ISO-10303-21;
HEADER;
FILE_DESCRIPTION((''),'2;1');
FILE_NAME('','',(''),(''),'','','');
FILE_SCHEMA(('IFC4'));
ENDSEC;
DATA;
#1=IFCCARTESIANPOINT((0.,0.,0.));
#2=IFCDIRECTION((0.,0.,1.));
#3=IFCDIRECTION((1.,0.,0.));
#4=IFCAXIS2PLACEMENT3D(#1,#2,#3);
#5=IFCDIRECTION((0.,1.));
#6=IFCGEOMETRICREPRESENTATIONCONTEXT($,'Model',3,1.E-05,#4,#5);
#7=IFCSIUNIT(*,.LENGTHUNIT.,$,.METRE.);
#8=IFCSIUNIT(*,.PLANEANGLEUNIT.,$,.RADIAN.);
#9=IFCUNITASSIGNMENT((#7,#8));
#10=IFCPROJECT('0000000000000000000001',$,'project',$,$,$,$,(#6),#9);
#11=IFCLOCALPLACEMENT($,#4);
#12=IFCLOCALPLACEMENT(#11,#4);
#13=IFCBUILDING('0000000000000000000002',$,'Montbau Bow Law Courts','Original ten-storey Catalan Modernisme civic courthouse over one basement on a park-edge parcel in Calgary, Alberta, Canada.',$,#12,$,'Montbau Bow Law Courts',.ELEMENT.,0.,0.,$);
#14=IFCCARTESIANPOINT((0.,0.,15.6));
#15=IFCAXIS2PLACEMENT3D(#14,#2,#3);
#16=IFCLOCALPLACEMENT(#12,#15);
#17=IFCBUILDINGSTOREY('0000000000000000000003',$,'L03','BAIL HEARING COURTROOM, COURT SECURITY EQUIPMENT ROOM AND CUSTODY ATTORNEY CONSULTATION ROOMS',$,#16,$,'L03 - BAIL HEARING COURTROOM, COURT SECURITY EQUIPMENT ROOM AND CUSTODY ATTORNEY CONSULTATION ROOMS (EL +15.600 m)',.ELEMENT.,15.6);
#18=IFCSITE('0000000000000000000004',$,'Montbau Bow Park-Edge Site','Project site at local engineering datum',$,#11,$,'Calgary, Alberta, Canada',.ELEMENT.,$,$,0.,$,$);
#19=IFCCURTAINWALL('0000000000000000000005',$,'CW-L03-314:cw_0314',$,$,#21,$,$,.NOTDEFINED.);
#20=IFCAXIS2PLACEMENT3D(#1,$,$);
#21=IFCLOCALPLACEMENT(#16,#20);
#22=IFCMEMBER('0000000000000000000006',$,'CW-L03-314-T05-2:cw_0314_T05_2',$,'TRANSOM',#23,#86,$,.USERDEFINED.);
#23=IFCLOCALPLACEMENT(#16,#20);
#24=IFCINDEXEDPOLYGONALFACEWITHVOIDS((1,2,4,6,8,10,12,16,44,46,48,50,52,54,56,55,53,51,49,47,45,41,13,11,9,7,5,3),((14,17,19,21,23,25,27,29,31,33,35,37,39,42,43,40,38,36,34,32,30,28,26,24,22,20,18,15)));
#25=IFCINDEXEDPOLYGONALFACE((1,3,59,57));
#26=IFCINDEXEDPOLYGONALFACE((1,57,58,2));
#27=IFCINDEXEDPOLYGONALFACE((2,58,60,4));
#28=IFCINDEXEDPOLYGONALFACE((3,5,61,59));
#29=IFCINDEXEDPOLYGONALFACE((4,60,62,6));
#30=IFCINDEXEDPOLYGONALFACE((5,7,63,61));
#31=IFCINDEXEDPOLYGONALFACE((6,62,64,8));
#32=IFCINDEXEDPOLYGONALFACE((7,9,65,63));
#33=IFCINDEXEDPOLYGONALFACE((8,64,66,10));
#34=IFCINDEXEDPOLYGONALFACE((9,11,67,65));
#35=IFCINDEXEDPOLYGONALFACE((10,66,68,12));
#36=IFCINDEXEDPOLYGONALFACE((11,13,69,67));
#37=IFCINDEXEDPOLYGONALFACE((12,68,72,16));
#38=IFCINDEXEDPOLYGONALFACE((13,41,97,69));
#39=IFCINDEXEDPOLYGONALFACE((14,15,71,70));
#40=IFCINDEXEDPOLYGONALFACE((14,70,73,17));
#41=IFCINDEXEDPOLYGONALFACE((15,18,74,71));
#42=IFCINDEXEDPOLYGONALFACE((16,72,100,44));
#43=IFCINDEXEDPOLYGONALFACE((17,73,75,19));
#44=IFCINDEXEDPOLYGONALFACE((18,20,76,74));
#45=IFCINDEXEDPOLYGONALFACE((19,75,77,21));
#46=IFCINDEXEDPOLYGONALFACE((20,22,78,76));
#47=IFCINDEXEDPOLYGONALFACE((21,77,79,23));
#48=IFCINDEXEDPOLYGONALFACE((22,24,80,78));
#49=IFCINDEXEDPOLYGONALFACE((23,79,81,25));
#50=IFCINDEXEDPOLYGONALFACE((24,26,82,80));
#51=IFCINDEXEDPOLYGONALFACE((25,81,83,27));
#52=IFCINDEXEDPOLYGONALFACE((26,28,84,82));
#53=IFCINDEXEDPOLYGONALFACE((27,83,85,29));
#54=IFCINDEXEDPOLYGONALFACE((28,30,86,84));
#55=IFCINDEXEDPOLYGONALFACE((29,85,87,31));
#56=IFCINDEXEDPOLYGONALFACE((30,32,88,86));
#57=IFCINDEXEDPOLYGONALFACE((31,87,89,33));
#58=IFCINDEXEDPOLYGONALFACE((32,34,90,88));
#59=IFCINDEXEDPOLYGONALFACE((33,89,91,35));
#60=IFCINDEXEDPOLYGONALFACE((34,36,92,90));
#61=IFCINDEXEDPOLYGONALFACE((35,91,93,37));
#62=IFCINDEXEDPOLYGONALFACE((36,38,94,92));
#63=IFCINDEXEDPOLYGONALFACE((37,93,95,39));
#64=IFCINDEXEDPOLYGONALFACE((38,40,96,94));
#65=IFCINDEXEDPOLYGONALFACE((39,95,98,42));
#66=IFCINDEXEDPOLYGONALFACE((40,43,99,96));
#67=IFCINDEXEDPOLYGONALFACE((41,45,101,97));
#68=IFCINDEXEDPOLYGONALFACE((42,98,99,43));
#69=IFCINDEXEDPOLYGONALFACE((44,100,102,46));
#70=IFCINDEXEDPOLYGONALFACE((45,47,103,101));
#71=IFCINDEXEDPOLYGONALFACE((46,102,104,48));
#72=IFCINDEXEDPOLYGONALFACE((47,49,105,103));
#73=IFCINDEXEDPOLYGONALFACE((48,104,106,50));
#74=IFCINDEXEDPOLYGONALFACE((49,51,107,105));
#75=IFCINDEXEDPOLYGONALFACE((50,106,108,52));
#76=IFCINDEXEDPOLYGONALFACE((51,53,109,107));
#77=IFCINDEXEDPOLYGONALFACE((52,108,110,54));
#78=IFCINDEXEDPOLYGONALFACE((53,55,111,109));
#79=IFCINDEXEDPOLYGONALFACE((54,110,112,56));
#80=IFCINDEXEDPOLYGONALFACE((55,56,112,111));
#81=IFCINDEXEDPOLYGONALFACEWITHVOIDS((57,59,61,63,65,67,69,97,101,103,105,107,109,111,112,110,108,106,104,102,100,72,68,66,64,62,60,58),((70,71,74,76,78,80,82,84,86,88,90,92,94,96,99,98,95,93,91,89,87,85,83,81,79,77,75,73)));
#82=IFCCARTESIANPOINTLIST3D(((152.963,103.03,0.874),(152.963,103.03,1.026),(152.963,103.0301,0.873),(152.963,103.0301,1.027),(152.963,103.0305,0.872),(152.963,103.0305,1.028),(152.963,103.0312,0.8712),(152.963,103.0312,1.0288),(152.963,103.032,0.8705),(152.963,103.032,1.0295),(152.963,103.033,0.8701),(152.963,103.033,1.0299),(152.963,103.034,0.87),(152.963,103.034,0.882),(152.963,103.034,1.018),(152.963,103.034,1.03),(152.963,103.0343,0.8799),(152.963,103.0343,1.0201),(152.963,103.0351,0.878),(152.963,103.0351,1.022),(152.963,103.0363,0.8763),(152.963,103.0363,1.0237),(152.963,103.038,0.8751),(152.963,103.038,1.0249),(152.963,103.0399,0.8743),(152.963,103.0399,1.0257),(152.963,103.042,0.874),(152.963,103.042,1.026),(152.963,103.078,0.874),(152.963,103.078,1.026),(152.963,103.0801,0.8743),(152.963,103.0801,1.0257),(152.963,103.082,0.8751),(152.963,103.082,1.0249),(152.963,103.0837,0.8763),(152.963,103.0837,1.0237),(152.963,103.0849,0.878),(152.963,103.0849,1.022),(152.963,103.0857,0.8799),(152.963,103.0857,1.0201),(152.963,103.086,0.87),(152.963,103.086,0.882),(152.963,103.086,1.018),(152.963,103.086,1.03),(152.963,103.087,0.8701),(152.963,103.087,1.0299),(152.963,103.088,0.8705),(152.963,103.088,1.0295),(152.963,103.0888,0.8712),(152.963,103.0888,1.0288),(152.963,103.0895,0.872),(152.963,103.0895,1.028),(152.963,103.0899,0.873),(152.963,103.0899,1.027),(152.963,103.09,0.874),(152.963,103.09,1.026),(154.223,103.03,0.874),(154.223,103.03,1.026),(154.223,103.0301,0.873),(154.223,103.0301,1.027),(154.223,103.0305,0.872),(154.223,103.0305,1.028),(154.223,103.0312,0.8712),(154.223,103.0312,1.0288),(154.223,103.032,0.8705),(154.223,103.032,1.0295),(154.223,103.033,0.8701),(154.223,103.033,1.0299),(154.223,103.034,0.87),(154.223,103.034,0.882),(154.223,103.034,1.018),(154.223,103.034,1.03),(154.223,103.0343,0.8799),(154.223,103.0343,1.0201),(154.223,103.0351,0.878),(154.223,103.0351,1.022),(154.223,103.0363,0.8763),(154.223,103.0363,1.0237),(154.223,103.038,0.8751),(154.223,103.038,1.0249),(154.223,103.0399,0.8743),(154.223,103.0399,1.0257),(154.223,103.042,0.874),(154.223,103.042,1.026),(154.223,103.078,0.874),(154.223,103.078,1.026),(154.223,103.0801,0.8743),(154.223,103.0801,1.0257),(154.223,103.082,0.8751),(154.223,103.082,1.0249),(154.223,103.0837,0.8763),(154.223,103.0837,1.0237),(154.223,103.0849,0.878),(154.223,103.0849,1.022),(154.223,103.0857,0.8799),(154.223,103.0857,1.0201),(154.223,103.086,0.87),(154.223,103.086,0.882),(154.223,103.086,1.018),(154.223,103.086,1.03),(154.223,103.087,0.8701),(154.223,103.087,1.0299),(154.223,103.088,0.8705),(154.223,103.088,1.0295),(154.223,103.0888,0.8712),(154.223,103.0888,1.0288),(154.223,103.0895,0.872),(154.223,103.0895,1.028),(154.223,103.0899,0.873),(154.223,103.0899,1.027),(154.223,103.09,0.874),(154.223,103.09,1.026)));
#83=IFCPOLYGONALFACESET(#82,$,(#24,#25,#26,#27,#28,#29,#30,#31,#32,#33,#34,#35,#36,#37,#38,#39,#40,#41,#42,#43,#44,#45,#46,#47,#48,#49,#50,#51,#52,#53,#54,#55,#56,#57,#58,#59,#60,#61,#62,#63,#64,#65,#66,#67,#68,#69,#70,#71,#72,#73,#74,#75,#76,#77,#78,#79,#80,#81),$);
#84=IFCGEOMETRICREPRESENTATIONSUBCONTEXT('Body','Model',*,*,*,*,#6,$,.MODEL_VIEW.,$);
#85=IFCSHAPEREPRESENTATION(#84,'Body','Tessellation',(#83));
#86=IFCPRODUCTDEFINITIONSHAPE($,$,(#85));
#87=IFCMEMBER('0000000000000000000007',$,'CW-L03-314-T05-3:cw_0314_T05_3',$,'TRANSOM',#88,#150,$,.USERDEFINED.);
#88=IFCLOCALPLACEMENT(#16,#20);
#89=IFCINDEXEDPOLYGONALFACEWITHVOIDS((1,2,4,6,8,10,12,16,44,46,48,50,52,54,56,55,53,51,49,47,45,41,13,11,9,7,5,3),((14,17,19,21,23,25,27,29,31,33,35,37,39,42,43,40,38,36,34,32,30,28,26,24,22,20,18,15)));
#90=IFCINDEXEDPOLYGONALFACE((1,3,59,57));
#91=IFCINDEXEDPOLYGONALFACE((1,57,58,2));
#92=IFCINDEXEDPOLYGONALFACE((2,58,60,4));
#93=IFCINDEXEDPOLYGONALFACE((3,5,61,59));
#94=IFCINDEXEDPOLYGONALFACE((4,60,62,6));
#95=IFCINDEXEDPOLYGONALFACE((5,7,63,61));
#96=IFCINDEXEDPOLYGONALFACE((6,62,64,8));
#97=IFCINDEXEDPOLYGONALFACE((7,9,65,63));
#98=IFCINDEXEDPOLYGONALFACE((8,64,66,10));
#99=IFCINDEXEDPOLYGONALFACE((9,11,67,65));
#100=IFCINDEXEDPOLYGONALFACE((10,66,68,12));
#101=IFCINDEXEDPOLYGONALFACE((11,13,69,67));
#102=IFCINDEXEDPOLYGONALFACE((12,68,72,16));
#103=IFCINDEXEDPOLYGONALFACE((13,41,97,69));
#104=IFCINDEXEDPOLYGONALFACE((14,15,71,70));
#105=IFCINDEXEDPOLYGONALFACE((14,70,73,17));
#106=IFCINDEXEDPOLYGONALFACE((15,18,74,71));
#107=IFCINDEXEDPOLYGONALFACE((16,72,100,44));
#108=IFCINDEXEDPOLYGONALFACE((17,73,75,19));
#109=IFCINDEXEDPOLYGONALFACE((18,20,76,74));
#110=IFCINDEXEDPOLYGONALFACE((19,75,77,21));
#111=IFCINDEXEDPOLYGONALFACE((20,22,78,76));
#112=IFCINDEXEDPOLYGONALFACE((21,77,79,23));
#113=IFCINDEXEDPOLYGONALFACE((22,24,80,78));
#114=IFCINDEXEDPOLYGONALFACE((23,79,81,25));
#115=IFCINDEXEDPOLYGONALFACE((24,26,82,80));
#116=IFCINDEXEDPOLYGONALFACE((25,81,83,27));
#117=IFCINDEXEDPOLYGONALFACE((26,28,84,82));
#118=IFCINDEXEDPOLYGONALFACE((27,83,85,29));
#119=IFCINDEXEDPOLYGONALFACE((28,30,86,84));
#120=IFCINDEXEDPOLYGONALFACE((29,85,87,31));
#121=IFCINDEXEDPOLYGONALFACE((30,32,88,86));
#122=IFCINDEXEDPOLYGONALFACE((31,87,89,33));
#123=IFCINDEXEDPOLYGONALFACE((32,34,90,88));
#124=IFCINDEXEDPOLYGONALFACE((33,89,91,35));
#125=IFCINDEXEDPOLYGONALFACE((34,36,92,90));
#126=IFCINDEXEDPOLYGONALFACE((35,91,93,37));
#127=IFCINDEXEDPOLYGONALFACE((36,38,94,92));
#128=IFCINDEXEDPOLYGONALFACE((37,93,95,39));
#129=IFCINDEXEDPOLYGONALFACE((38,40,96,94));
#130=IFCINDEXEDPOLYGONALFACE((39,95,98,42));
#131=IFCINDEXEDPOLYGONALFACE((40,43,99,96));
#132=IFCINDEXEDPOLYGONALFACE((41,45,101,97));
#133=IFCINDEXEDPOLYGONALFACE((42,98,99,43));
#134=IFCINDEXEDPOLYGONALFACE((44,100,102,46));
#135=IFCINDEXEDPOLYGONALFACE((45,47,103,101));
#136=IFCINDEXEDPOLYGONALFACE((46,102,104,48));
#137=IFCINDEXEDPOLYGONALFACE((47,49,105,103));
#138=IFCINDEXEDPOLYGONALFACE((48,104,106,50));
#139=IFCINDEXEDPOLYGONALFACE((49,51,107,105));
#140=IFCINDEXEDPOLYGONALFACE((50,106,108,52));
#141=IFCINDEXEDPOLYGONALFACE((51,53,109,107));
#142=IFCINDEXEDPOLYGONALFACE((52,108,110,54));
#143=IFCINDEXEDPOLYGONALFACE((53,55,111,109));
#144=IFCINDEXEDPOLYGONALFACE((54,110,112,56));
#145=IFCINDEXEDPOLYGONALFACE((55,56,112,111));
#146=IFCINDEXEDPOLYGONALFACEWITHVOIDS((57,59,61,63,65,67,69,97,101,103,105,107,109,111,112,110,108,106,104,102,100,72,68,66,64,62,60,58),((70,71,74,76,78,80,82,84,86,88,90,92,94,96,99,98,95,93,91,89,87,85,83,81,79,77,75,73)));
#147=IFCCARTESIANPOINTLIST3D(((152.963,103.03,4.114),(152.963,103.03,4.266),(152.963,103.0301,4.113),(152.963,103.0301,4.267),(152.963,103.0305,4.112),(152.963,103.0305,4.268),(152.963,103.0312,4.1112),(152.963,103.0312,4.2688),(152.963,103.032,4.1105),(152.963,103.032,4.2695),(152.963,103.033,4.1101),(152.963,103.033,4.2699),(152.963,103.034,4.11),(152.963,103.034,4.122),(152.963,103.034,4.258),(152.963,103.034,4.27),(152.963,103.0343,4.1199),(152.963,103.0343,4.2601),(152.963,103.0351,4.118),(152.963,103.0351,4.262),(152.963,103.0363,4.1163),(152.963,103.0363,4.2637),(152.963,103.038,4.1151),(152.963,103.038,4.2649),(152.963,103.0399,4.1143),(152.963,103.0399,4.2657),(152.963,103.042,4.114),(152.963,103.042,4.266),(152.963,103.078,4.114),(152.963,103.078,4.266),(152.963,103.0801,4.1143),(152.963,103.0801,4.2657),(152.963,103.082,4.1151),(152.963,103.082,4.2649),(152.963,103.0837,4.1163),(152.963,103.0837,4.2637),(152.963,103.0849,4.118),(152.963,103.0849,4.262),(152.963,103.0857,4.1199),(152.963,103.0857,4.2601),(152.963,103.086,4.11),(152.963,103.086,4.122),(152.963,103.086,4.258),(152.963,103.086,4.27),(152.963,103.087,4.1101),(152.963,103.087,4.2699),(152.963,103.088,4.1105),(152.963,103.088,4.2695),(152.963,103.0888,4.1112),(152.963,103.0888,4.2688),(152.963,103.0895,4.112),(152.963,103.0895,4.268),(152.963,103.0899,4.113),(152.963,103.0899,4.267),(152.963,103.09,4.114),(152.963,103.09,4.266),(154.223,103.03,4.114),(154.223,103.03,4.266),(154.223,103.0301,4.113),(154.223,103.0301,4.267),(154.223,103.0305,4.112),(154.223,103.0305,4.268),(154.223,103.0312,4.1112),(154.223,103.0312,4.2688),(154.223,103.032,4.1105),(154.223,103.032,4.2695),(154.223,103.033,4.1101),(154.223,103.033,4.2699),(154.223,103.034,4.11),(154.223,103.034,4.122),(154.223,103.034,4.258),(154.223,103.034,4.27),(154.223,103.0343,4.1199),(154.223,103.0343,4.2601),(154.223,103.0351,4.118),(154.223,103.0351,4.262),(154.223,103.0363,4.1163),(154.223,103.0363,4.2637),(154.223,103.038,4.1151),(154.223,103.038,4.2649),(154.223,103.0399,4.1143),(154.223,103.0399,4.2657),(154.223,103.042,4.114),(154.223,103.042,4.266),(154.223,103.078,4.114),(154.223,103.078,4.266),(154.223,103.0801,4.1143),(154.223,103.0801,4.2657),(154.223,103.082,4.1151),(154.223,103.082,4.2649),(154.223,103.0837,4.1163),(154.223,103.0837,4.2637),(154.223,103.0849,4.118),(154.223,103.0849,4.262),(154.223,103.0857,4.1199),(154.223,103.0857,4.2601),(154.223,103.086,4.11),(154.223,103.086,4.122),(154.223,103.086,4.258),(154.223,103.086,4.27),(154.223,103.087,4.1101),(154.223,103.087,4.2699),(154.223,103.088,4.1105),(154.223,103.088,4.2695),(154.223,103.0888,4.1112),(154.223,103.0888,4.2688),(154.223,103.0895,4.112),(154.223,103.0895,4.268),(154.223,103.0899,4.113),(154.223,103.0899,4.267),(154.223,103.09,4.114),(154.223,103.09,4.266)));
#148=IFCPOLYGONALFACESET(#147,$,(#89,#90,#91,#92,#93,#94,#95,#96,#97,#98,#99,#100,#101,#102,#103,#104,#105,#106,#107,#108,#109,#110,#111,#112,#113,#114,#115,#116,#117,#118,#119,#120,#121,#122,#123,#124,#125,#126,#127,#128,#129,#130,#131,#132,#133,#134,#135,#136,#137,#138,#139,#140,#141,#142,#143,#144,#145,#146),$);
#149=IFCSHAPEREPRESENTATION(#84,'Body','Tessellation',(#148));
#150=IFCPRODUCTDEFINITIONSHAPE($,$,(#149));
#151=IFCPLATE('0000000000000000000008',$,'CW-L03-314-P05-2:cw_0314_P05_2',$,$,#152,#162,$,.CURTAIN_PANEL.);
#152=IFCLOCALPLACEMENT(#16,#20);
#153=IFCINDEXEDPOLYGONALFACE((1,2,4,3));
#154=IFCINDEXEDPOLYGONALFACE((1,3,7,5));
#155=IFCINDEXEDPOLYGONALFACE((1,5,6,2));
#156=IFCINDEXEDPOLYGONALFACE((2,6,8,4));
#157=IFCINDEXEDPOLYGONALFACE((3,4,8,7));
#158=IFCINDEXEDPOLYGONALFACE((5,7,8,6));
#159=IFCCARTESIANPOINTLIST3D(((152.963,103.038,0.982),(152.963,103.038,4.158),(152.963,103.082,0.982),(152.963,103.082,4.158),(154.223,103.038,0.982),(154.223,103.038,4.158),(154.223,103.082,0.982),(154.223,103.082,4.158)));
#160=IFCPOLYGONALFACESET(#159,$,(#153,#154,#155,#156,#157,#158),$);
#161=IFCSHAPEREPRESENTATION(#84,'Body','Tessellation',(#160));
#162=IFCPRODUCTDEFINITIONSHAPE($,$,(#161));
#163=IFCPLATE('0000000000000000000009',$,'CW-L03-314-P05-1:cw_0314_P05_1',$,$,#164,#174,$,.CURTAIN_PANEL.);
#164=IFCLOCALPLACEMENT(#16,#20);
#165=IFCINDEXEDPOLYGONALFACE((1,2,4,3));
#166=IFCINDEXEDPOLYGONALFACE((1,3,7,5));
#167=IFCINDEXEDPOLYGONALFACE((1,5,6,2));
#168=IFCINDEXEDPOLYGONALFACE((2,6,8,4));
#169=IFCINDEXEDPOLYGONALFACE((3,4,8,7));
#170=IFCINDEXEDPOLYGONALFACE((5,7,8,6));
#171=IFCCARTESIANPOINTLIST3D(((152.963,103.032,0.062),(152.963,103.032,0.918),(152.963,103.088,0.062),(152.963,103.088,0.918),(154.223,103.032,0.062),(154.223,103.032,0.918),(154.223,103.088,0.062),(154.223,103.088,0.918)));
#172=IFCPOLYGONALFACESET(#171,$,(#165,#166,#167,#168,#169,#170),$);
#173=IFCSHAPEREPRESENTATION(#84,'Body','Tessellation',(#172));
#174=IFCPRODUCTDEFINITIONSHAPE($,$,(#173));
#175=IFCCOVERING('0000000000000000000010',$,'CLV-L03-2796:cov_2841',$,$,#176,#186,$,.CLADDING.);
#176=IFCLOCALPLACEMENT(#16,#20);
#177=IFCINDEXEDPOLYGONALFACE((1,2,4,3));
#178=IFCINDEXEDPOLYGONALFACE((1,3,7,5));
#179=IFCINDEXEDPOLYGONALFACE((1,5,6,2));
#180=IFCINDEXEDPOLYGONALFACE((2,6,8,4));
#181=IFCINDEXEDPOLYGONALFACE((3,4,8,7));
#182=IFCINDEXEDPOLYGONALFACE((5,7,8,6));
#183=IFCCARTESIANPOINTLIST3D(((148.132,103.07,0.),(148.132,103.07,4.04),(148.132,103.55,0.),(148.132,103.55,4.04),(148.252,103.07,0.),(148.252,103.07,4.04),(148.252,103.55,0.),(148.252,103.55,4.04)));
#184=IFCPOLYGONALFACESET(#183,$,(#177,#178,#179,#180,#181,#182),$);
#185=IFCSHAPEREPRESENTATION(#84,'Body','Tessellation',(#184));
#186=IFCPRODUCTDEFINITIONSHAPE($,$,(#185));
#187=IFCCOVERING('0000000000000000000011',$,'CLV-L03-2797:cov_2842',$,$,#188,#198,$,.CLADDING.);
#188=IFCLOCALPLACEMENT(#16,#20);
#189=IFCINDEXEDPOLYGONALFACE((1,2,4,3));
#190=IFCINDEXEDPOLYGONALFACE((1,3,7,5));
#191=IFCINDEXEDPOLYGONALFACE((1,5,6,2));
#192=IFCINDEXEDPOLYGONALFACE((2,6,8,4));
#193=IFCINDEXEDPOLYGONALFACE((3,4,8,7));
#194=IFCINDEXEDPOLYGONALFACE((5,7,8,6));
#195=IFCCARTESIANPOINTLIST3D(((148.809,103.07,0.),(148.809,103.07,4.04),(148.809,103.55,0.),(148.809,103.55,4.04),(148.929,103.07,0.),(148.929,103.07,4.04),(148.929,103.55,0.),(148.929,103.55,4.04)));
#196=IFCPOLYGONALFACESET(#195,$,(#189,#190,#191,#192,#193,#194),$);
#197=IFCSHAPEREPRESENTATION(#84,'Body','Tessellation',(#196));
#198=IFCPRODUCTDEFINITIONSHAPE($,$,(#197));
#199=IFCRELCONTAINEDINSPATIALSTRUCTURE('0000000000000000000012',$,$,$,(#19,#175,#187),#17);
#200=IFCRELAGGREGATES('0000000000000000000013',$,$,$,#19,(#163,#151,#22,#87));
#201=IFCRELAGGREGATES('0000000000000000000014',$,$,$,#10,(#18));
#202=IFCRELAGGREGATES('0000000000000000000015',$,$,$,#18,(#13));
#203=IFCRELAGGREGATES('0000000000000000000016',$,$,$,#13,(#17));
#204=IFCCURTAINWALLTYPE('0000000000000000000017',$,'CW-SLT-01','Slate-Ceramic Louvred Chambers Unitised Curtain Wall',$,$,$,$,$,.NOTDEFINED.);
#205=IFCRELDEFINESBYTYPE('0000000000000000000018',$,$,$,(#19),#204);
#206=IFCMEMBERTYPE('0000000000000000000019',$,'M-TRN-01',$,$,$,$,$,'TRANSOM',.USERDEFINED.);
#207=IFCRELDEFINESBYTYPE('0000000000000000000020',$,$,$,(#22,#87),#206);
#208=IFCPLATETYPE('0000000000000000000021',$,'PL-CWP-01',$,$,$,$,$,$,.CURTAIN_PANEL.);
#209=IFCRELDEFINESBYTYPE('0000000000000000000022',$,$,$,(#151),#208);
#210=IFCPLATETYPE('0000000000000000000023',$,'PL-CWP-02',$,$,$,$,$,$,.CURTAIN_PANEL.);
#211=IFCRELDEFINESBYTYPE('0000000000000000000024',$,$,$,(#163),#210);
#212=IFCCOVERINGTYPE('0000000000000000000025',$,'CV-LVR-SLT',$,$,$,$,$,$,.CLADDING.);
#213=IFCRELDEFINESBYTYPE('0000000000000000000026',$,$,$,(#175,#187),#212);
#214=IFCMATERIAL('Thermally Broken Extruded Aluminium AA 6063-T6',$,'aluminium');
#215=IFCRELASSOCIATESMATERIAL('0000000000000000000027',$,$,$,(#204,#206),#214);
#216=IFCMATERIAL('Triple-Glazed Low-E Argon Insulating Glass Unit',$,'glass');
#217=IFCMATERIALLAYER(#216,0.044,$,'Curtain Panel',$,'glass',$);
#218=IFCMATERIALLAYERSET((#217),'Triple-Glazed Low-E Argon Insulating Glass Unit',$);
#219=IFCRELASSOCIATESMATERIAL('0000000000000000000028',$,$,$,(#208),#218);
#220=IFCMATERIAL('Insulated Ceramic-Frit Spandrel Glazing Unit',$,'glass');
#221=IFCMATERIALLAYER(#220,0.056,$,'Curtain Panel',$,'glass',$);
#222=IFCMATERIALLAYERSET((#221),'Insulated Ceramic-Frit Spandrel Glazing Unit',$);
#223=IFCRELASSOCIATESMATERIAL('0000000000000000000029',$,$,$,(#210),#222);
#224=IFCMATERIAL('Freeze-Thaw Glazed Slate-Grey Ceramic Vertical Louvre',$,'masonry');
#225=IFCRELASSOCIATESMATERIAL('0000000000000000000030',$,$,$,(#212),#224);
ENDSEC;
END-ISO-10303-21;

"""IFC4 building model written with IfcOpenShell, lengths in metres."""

from ifc_helpers import new_model, si_unit, direction, frame, frame_2d, origin_with_axes, origin_2d_with_axis, place, context, subcontext, project, spatial, rectangle, hollow_rectangle, extrude, material, layer, layer_set, material_profile, profile_set, type_object, element, aggregate, save


model = new_model("IFC4")

# Units and contexts
model_context = context("Model", 3, precision=1e-05, world=origin_with_axes(), true_north=direction((0.0, 1.0)))
body_context = subcontext(model_context, "Body", "Model", "MODEL_VIEW")
ifc_project = project(units=[si_unit("LENGTHUNIT", "METRE"), si_unit("PLANEANGLEUNIT", "RADIAN")], contexts=[model_context])

# Site, building, storey
site_placement = place(None, origin_with_axes())
site = spatial("IfcSite", under=ifc_project, at=site_placement, Name="Montbau Bow Park-Edge Site", Description="Project site at local engineering datum", LongName="Calgary, Alberta, Canada", CompositionType="ELEMENT", RefElevation=0.0)
building_placement = place(site_placement, origin_with_axes())
building = spatial("IfcBuilding", under=site, at=building_placement, Name="Montbau Bow Law Courts", Description="Original ten-storey Catalan Modernisme civic courthouse over one basement on a park-edge parcel in Calgary, Alberta, Canada.", LongName="Montbau Bow Law Courts", CompositionType="ELEMENT", ElevationOfRefHeight=0.0, ElevationOfTerrain=0.0)
storey_placement = place(building_placement, frame((0.0, 0.0, 15.6), z_axis=(0.0, 0.0, 1.0), x_axis=(1.0, 0.0, 0.0)))
storey = spatial("IfcBuildingStorey", under=building, at=storey_placement, Name="L03", Description="BAIL HEARING COURTROOM, COURT SECURITY EQUIPMENT ROOM AND CUSTODY ATTORNEY CONSULTATION ROOMS", LongName="L03 - BAIL HEARING COURTROOM, COURT SECURITY EQUIPMENT ROOM AND CUSTODY ATTORNEY CONSULTATION ROOMS (EL +15.600 m)", CompositionType="ELEMENT", Elevation=15.6)

# Curtain wall, members, plates
ifc_material_1 = material(Name="Thermally Broken Extruded Aluminium AA 6063-T6", Category="aluminium")
curtain_wall_type = type_object("IfcCurtainWallType", Name="CW-SLT-01", Description="Slate-Ceramic Louvred Chambers Unitised Curtain Wall", PredefinedType="NOTDEFINED", material=ifc_material_1)
curtain_wall_placement = place(None, frame((147.515, 103.06, 15.6), z_axis=(0.0, 0.0, 1.0), x_axis=(1.0, 0.0, 0.0)))
curtain_wall = element("IfcCurtainWall", 1, at=curtain_wall_placement, inside=storey, type_object=curtain_wall_type, Name="CW-L03-314:cw_0314", PredefinedType="NOTDEFINED")
ifc_material_profile_1 = material_profile(ifc_material_1, hollow_rectangle(XDim=0.06, YDim=0.16, WallThickness=0.004, InnerFilletRadius=0.008, OuterFilletRadius=0.004, at=origin_2d_with_axis()), Name="CWT-160X60", Category="Main", Priority=0)
ifc_profile_set_1 = profile_set([ifc_material_profile_1], Name="Thermally Broken Extruded Aluminium AA 6063-T6")
member_type_1 = type_object("IfcMemberType", Name="M-TRN-01", ElementType="TRANSOM", PredefinedType="USERDEFINED", material=ifc_profile_set_1)
member_1_placement = place(None, frame((152.963, 103.06, 16.55), z_axis=(1.0, 0.0, 0.0), x_axis=(0.0, 1.0, 0.0)))
member_1 = element("IfcMember", 2, at=member_1_placement, type_object=member_type_1, Name="CW-L03-314-T05-2:cw_0314_T05_2", ObjectType="TRANSOM", PredefinedType="USERDEFINED", context=body_context, shape_type="SweptSolid", body=[
    extrude(hollow_rectangle(XDim=0.06, YDim=0.16, WallThickness=0.004, InnerFilletRadius=0.008, OuterFilletRadius=0.004, at=origin_2d_with_axis()), origin_with_axes(), (0.0, 0.0, 1.0), 1.26),
])
member_2_placement = place(None, frame((152.963, 103.06, 19.79), z_axis=(1.0, 0.0, 0.0), x_axis=(0.0, 1.0, 0.0)))
member_2 = element("IfcMember", 3, at=member_2_placement, type_object=member_type_1, Name="CW-L03-314-T05-3:cw_0314_T05_3", ObjectType="TRANSOM", PredefinedType="USERDEFINED", context=body_context, shape_type="SweptSolid", body=[
    extrude(hollow_rectangle(XDim=0.06, YDim=0.16, WallThickness=0.004, InnerFilletRadius=0.008, OuterFilletRadius=0.004, at=origin_2d_with_axis()), origin_with_axes(), (0.0, 0.0, 1.0), 1.26),
])
ifc_material_2 = material(Name="Triple-Glazed Low-E Argon Insulating Glass Unit", Category="glass")
ifc_layer_1 = layer(ifc_material_2, 0.044, Name="Curtain Panel", Category="glass")
ifc_layer_set_1 = layer_set([ifc_layer_1], Name="Triple-Glazed Low-E Argon Insulating Glass Unit")
plate_type_1 = type_object("IfcPlateType", Name="PL-CWP-01", PredefinedType="CURTAIN_PANEL", material=ifc_layer_set_1)
plate_1_placement = place(None, frame((152.963, 103.06, 16.582), z_axis=(0.0, -1.0, 0.0), x_axis=(1.0, 0.0, 0.0)))
plate_1 = element("IfcPlate", 4, at=plate_1_placement, type_object=plate_type_1, Name="CW-L03-314-P05-2:cw_0314_P05_2", PredefinedType="CURTAIN_PANEL", context=body_context, shape_type="SweptSolid", body=[
    extrude(rectangle(XDim=1.26, YDim=3.176, at=frame_2d((0.63, 1.588), x_axis=(1.0, 0.0))), frame((0.0, 0.0, -0.022), z_axis=(0.0, 0.0, 1.0), x_axis=(1.0, 0.0, 0.0)), (0.0, 0.0, 1.0), 0.044),
])
ifc_material_3 = material(Name="Insulated Ceramic-Frit Spandrel Glazing Unit", Category="glass")
ifc_layer_2 = layer(ifc_material_3, 0.056, Name="Curtain Panel", Category="glass")
ifc_layer_set_2 = layer_set([ifc_layer_2], Name="Insulated Ceramic-Frit Spandrel Glazing Unit")
plate_type_2 = type_object("IfcPlateType", Name="PL-CWP-02", PredefinedType="CURTAIN_PANEL", material=ifc_layer_set_2)
plate_2_placement = place(None, frame((152.963, 103.06, 15.662), z_axis=(0.0, -1.0, 0.0), x_axis=(1.0, 0.0, 0.0)))
plate_2 = element("IfcPlate", 5, at=plate_2_placement, type_object=plate_type_2, Name="CW-L03-314-P05-1:cw_0314_P05_1", PredefinedType="CURTAIN_PANEL", context=body_context, shape_type="SweptSolid", body=[
    extrude(rectangle(XDim=1.26, YDim=0.856, at=frame_2d((0.63, 0.428), x_axis=(1.0, 0.0))), frame((0.0, 0.0, -0.028), z_axis=(0.0, 0.0, 1.0), x_axis=(1.0, 0.0, 0.0)), (0.0, 0.0, 1.0), 0.056),
])
aggregate(curtain_wall, [plate_2, plate_1, member_1, member_2])

# Coverings
ifc_material_4 = material(Name="Freeze-Thaw Glazed Slate-Grey Ceramic Vertical Louvre", Category="masonry")
covering_type = type_object("IfcCoveringType", Name="CV-LVR-SLT", PredefinedType="CLADDING", material=ifc_material_4)
for number, where, z_axis, x_axis, name in (
    (6, (148.192, 103.07, 15.6), (1.0, 0.0, 0.0), (0.0, 1.0, 0.0), "CLV-L03-2796:cov_2841"),
    (7, (148.869, 103.07, 15.6), (1.0, 0.0, 0.0), (0.0, 1.0, 0.0), "CLV-L03-2797:cov_2842"),
):
    element("IfcCovering", number, at=place(None, frame(where, z_axis=z_axis, x_axis=x_axis)), inside=storey, type_object=covering_type, Name=name, PredefinedType="CLADDING", context=body_context, shape_type="SweptSolid", body=[
        extrude(rectangle(XDim=0.48, YDim=4.04, at=frame_2d((0.24, 2.02), x_axis=(1.0, 0.0))), frame((0.0, 0.0, -0.06), z_axis=(0.0, 0.0, 1.0), x_axis=(1.0, 0.0, 0.0)), (0.0, 0.0, 1.0), 0.12),
    ])

save(model, "model.ifc")
